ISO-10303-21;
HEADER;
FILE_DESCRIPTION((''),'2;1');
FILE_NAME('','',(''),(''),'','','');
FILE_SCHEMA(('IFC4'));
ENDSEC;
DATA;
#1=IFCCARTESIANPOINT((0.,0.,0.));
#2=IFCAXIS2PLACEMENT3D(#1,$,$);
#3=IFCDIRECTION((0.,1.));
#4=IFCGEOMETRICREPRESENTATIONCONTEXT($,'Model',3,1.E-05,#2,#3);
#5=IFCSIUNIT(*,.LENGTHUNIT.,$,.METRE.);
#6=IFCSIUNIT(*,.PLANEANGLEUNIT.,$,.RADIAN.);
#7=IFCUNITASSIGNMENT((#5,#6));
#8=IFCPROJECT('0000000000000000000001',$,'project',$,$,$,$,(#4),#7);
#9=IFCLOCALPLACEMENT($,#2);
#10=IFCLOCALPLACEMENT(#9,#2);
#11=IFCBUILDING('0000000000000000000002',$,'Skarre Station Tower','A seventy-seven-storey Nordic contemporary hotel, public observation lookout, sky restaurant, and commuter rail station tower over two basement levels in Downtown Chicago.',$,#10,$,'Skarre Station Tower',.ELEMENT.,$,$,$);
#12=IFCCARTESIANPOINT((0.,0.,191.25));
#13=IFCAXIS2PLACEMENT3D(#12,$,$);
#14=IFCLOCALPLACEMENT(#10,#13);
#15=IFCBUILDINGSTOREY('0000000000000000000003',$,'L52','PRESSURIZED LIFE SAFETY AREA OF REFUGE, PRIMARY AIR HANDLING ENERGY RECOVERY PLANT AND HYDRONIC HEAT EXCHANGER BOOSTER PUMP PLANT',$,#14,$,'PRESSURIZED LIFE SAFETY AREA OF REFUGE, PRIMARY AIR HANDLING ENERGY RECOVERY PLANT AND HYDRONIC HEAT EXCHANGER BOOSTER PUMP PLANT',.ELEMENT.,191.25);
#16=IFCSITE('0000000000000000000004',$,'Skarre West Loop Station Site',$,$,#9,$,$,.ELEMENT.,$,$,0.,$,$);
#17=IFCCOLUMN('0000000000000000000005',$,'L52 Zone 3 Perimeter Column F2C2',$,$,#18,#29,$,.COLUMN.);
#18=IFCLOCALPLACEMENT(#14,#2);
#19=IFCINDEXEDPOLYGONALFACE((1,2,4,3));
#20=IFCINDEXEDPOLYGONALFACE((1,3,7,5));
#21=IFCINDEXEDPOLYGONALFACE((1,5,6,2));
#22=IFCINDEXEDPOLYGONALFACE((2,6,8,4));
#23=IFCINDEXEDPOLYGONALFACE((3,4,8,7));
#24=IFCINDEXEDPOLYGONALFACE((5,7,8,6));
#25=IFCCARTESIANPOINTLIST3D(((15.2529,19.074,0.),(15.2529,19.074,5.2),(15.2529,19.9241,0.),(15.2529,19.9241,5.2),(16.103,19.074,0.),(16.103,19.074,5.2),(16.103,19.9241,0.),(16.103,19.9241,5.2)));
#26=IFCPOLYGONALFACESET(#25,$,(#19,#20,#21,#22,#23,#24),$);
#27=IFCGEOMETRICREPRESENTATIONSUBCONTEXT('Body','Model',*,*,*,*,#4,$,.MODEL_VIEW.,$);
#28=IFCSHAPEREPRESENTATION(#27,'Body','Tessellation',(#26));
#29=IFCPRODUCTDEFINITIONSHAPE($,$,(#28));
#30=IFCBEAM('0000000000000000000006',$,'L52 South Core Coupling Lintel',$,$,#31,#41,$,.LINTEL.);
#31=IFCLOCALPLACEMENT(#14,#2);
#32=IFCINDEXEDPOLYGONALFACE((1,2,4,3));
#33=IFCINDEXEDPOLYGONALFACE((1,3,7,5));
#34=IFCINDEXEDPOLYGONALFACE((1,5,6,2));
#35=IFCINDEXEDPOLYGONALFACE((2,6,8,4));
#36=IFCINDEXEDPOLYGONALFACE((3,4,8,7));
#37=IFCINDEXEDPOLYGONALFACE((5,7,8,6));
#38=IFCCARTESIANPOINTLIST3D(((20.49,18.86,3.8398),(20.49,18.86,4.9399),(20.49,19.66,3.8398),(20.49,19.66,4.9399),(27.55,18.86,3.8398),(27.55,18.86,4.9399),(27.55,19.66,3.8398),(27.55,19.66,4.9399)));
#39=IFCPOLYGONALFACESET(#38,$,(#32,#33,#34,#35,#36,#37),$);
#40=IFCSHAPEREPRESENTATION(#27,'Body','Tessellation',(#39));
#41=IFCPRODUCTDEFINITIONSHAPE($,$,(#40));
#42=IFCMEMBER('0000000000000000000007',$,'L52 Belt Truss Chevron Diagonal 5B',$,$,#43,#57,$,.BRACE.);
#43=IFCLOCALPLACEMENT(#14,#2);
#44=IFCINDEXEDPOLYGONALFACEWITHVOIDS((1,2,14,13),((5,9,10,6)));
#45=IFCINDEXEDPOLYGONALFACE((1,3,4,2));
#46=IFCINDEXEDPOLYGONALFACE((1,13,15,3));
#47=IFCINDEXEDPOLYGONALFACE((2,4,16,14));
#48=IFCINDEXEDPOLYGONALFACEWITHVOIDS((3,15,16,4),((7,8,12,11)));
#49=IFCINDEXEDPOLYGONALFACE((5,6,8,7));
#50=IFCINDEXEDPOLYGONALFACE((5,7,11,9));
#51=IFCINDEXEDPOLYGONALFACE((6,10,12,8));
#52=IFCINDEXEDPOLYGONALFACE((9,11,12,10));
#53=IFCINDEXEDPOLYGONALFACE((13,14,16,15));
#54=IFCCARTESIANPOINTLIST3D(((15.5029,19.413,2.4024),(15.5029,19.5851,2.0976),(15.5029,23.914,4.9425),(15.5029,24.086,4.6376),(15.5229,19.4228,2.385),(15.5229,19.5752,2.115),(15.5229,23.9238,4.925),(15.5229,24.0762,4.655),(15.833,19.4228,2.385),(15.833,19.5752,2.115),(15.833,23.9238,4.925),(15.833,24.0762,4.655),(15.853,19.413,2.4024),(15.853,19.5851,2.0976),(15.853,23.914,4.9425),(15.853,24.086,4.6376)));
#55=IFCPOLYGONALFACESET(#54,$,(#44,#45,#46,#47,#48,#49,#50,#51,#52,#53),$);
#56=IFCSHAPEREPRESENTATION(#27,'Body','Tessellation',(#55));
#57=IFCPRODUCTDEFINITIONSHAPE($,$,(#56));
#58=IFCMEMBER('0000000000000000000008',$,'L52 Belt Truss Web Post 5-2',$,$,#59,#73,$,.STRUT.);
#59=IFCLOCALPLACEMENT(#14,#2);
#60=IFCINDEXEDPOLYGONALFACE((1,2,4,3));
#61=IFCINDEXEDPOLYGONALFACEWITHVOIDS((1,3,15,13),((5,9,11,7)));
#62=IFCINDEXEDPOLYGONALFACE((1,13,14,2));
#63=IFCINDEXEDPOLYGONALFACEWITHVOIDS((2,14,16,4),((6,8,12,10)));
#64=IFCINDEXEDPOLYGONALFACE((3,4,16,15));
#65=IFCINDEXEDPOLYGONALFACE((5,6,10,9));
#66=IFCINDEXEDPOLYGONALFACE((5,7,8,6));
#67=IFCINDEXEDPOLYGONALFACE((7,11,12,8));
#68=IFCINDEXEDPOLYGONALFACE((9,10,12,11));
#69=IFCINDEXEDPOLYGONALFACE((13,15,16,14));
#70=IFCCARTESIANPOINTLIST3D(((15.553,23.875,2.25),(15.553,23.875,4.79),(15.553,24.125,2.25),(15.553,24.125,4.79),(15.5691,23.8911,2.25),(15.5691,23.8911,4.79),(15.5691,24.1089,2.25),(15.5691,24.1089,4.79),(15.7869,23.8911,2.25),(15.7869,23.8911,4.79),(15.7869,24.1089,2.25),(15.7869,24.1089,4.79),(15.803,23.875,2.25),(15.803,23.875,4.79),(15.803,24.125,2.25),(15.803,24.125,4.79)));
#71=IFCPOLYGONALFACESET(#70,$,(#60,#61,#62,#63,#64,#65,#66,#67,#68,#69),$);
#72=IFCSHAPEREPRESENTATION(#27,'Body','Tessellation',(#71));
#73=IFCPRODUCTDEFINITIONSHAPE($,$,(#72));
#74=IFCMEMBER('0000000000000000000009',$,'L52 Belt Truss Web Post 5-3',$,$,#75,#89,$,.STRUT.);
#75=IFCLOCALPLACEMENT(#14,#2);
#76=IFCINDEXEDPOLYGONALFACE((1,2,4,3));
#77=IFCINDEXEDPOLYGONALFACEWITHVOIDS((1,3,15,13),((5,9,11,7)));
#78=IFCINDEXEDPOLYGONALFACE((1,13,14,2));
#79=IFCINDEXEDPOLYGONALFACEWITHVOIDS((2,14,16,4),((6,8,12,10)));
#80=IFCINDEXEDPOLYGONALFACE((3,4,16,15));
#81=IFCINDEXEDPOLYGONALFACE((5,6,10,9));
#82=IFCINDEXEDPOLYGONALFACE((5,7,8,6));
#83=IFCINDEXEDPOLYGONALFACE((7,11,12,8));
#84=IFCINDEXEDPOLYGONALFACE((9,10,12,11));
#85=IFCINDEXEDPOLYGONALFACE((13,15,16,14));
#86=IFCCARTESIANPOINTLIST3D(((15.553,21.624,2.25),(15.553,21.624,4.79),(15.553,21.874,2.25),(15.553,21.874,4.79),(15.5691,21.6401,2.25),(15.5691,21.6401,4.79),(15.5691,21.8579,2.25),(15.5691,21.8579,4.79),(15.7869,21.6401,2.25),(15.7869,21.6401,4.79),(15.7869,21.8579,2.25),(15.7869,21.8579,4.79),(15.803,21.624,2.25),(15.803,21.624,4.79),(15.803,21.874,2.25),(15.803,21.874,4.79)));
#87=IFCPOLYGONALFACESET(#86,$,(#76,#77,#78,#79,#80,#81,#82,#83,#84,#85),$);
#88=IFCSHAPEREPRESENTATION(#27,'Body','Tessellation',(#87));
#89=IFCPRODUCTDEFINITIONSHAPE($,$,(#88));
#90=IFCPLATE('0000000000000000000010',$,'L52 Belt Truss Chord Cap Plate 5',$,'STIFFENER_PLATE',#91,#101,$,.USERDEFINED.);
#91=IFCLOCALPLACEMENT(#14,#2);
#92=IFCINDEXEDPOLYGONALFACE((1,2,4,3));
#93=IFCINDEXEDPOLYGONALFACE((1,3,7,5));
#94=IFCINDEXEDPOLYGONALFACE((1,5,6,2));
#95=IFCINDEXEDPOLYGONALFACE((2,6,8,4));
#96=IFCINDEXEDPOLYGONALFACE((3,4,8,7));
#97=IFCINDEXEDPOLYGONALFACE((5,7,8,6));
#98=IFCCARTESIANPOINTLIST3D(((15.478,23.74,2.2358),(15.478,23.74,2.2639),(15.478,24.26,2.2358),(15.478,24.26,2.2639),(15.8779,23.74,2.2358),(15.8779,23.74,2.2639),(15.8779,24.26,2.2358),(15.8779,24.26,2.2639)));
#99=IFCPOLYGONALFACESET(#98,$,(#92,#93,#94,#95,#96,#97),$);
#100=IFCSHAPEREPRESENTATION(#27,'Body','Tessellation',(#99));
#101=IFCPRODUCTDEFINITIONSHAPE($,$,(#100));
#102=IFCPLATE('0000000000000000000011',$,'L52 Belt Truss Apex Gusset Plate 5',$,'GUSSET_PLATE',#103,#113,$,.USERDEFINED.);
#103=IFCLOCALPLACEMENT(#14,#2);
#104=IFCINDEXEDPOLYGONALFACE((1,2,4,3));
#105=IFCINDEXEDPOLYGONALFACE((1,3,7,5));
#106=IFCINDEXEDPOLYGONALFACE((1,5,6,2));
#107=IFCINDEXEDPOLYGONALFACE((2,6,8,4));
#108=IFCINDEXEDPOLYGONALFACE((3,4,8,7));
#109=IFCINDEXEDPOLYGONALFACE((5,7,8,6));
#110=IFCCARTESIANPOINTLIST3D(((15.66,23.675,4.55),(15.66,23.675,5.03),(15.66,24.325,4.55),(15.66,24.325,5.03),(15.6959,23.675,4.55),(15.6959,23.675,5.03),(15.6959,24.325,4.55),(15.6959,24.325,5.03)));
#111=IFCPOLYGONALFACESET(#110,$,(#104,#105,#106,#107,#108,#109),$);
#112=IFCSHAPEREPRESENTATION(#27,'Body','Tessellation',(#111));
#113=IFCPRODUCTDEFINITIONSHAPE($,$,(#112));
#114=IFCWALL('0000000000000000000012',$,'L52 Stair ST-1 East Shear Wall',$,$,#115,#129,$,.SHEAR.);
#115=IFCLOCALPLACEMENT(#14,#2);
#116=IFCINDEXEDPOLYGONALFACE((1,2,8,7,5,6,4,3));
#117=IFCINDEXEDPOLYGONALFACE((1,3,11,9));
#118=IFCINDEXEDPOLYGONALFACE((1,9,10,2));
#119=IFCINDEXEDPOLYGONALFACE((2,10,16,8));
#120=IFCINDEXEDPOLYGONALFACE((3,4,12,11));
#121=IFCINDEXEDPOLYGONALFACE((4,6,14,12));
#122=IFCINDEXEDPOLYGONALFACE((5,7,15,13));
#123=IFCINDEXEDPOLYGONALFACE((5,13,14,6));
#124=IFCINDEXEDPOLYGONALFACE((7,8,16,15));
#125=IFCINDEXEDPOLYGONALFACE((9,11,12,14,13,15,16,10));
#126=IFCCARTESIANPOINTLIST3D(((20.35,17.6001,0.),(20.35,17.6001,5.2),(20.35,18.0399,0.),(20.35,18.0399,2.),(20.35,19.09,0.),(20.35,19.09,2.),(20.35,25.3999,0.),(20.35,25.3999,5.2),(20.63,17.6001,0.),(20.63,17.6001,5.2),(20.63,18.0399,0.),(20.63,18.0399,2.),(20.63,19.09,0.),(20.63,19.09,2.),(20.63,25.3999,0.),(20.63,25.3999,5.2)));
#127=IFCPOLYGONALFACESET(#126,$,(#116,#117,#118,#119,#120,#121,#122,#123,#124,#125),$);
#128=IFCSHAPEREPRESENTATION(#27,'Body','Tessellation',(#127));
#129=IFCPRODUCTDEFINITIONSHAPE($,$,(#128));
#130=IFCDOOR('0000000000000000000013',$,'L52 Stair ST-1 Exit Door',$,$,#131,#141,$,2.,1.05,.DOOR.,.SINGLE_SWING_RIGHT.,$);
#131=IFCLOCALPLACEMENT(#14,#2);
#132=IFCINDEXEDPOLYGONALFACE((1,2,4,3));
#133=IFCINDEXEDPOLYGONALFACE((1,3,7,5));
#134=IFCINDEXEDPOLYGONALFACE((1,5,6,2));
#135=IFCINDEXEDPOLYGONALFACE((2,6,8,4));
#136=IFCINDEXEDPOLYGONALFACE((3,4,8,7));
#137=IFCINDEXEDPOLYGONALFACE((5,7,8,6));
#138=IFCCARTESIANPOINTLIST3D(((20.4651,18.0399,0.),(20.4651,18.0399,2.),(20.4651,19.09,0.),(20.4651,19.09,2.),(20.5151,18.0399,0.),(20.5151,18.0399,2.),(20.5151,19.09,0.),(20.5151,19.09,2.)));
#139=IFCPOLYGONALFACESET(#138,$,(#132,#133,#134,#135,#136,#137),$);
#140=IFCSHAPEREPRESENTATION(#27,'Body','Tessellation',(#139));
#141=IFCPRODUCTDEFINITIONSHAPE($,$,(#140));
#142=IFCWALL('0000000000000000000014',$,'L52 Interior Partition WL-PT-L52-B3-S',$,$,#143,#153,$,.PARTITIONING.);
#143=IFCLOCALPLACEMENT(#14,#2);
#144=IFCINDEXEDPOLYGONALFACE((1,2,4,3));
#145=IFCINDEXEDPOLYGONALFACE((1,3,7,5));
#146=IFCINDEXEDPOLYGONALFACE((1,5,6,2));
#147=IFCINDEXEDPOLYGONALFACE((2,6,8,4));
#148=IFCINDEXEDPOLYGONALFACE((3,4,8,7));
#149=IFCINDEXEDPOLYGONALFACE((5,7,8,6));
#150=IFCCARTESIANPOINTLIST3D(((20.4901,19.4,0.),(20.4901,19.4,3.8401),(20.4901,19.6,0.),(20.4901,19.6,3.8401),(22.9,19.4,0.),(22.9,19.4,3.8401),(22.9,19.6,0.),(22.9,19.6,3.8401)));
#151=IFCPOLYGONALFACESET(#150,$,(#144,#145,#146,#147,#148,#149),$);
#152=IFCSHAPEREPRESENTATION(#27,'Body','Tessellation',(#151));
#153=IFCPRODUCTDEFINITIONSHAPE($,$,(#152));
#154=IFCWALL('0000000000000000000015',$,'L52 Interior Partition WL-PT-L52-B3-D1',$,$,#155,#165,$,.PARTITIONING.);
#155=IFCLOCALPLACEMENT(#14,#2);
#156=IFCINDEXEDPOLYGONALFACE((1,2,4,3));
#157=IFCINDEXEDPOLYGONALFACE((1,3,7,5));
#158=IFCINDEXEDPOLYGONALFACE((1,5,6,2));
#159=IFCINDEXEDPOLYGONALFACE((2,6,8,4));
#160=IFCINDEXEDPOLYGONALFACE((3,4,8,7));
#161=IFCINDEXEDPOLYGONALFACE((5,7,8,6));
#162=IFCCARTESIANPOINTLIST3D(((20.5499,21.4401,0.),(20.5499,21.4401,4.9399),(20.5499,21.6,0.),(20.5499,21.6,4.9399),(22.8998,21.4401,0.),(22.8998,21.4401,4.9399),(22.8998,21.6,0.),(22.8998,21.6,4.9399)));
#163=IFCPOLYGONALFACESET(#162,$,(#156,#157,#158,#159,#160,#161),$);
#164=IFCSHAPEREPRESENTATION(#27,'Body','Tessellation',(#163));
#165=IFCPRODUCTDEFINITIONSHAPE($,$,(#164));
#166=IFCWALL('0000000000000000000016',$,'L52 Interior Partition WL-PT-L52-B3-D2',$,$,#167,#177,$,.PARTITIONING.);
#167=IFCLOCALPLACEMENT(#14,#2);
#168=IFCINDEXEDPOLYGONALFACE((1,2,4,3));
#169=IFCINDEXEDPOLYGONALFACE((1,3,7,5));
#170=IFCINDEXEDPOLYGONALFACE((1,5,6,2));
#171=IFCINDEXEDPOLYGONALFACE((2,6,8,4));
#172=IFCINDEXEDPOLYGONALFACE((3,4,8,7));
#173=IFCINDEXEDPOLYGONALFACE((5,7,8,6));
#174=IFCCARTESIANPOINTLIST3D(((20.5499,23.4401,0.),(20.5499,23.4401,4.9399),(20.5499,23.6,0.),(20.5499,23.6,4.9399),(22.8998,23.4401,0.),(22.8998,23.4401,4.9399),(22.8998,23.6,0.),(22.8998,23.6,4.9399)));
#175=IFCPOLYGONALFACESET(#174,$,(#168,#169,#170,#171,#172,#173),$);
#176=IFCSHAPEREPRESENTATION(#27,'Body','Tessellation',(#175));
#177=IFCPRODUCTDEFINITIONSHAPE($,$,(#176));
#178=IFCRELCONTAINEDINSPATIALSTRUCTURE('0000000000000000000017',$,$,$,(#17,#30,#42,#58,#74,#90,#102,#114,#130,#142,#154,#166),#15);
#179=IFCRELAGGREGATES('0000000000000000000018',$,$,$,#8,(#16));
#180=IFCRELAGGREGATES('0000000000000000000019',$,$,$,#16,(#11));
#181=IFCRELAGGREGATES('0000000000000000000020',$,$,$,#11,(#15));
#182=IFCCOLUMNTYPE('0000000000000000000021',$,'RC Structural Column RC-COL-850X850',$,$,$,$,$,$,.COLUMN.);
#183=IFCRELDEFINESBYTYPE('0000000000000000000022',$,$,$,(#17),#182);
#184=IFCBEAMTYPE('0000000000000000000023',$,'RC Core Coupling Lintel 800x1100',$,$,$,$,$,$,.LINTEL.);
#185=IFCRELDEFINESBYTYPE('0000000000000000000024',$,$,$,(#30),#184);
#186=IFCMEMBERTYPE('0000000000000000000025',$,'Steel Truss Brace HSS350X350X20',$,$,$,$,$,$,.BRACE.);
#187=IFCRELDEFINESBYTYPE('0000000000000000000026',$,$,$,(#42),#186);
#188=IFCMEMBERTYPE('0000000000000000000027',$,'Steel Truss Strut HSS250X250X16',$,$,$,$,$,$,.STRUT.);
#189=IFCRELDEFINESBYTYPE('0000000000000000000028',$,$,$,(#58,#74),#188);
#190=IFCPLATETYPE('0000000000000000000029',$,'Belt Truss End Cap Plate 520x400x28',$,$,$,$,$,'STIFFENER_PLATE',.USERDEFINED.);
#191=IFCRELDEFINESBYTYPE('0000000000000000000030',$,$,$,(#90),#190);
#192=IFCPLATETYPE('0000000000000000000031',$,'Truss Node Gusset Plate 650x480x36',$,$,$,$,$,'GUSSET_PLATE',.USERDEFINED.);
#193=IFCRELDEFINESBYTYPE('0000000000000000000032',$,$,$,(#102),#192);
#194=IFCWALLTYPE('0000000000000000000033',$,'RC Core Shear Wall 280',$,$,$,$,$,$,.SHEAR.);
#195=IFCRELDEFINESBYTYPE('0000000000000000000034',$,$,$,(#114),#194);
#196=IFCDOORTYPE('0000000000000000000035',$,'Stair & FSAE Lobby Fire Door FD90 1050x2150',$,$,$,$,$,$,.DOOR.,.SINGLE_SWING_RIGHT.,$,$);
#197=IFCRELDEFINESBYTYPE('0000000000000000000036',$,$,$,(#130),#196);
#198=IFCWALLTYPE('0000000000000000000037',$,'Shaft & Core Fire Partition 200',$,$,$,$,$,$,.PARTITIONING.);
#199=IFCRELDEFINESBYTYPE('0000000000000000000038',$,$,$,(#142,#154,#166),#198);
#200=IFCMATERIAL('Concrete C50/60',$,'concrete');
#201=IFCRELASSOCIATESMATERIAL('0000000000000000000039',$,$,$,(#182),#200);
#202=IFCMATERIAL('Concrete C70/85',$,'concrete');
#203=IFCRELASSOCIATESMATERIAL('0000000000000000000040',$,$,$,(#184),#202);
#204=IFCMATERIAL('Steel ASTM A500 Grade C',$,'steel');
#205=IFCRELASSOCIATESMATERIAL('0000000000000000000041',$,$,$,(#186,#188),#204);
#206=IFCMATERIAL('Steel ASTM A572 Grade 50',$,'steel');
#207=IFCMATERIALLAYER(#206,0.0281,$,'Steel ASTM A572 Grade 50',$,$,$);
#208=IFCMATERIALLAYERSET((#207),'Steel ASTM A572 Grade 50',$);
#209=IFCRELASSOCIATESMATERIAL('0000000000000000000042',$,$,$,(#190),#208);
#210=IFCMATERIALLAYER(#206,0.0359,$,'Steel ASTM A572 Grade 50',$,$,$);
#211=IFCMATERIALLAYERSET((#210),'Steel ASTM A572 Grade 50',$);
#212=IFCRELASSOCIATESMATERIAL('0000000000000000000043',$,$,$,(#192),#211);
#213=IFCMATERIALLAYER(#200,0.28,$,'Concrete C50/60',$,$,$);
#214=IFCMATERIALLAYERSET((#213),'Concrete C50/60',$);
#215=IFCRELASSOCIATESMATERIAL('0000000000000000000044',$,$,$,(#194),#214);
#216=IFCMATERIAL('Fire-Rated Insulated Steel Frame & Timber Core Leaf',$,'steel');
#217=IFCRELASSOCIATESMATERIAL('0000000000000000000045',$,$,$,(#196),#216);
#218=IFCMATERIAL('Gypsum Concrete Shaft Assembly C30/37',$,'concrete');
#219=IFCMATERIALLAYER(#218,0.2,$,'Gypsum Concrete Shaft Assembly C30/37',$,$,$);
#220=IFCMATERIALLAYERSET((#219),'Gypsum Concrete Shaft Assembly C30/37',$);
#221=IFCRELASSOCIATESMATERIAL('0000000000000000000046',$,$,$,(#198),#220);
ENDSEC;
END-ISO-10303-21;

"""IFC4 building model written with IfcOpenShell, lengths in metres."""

from ifc_helpers import new_model, si_unit, direction, frame, frame_2d, origin, origin_2d, place, context, subcontext, project, spatial, rectangle, hollow_rectangle, extrude, material, layer, layer_set, material_profile, profile_set, type_object, element, fill, save


model = new_model("IFC4")

# Units and contexts
model_context = context("Model", 3, precision=1e-05, world=origin(), true_north=direction((0.0, 1.0)))
body_context = subcontext(model_context, "Body", "Model", "MODEL_VIEW")
ifc_project = project(units=[si_unit("LENGTHUNIT", "METRE"), si_unit("PLANEANGLEUNIT", "RADIAN")], contexts=[model_context])

# Site, building, storey
site_placement = place(None, origin())
site = spatial("IfcSite", under=ifc_project, at=site_placement, Name="Skarre West Loop Station Site", CompositionType="ELEMENT", RefElevation=0.0)
building_placement = place(site_placement, origin())
building = spatial("IfcBuilding", under=site, at=building_placement, Name="Skarre Station Tower", Description="A seventy-seven-storey Nordic contemporary hotel, public observation lookout, sky restaurant, and commuter rail station tower over two basement levels in Downtown Chicago.", LongName="Skarre Station Tower", CompositionType="ELEMENT")
storey_placement = place(building_placement, frame((0.0, 0.0, 191.25)))
storey = spatial("IfcBuildingStorey", under=building, at=storey_placement, Name="L52", Description="PRESSURIZED LIFE SAFETY AREA OF REFUGE, PRIMARY AIR HANDLING ENERGY RECOVERY PLANT AND HYDRONIC HEAT EXCHANGER BOOSTER PUMP PLANT", LongName="PRESSURIZED LIFE SAFETY AREA OF REFUGE, PRIMARY AIR HANDLING ENERGY RECOVERY PLANT AND HYDRONIC HEAT EXCHANGER BOOSTER PUMP PLANT", CompositionType="ELEMENT", Elevation=191.25)

# Column
ifc_material_1 = material(Name="Concrete C50/60", Category="concrete")
ifc_material_profile_1 = material_profile(ifc_material_1, rectangle(XDim=0.8501, YDim=0.8501, at=origin_2d()), Name="Concrete C50/60")
ifc_profile_set_1 = profile_set([ifc_material_profile_1], Name="Concrete C50/60")
column_type = type_object("IfcColumnType", Name="RC Structural Column RC-COL-850X850", PredefinedType="COLUMN", material=ifc_profile_set_1)
column_placement = place(storey_placement, frame((15.678, 19.499, 0.0), z_axis=(0.0, 0.0, 1.0), x_axis=(1.0, 0.0, 0.0)))
element("IfcColumn", 1, at=column_placement, inside=storey, type_object=column_type, Name="L52 Zone 3 Perimeter Column F2C2", PredefinedType="COLUMN", context=body_context, shape_type="SweptSolid", body=[
    extrude(rectangle(XDim=0.8501, YDim=0.8501, at=origin_2d()), origin(), (0.0, 0.0, 1.0), 5.2),
])

# Beam
ifc_material_2 = material(Name="Concrete C70/85", Category="concrete")
ifc_material_profile_2 = material_profile(ifc_material_2, rectangle(XDim=0.8, YDim=1.1001, at=origin_2d()), Name="Concrete C70/85")
ifc_profile_set_2 = profile_set([ifc_material_profile_2], Name="Concrete C70/85")
beam_type = type_object("IfcBeamType", Name="RC Core Coupling Lintel 800x1100", PredefinedType="LINTEL", material=ifc_profile_set_2)
beam_placement = place(storey_placement, frame((20.49, 19.26, 4.3899), z_axis=(1.0, 0.0, 0.0), x_axis=(0.0, 1.0, 0.0)))
element("IfcBeam", 2, at=beam_placement, inside=storey, type_object=beam_type, Name="L52 South Core Coupling Lintel", PredefinedType="LINTEL", context=body_context, shape_type="SweptSolid", body=[
    extrude(rectangle(XDim=0.8, YDim=1.1001, at=origin_2d()), origin(), (0.0, 0.0, 1.0), 7.0601),
])

# Members
ifc_material_3 = material(Name="Steel ASTM A500 Grade C", Category="steel")
ifc_material_profile_3 = material_profile(ifc_material_3, hollow_rectangle(XDim=0.3501, YDim=0.3501, WallThickness=0.02, at=origin_2d()), Name="Steel ASTM A500 Grade C")
ifc_profile_set_3 = profile_set([ifc_material_profile_3], Name="Steel ASTM A500 Grade C")
member_type_1 = type_object("IfcMemberType", Name="Steel Truss Brace HSS350X350X20", PredefinedType="BRACE", material=ifc_profile_set_3)
member_placement = place(storey_placement, frame((15.678, 19.499, 2.25), z_axis=(0.0, 0.870893, 0.491472), x_axis=(-1.0, 0.0, 0.0)))
element("IfcMember", 3, at=member_placement, inside=storey, type_object=member_type_1, Name="L52 Belt Truss Chevron Diagonal 5B", PredefinedType="BRACE", context=body_context, shape_type="SweptSolid", body=[
    extrude(hollow_rectangle(XDim=0.3501, YDim=0.3501, WallThickness=0.02, at=origin_2d()), origin(), (0.0, 0.0, 1.0), 5.1682),
])
ifc_material_profile_4 = material_profile(ifc_material_3, hollow_rectangle(XDim=0.25, YDim=0.25, WallThickness=0.0161, at=origin_2d()), Name="Steel ASTM A500 Grade C")
ifc_profile_set_4 = profile_set([ifc_material_profile_4], Name="Steel ASTM A500 Grade C")
member_type_2 = type_object("IfcMemberType", Name="Steel Truss Strut HSS250X250X16", PredefinedType="STRUT", material=ifc_profile_set_4)
for number, where, z_axis, x_axis, name in (
    (4, (15.678, 24.0, 2.25), (0.0, 0.0, 1.0), (1.0, 0.0, 0.0), "L52 Belt Truss Web Post 5-2"),
    (5, (15.678, 21.749, 2.25), (0.0, 0.0, 1.0), (1.0, 0.0, 0.0), "L52 Belt Truss Web Post 5-3"),
):
    element("IfcMember", number, at=place(storey_placement, frame(where, z_axis=z_axis, x_axis=x_axis)), inside=storey, type_object=member_type_2, Name=name, PredefinedType="STRUT", context=body_context, shape_type="SweptSolid", body=[
        extrude(hollow_rectangle(XDim=0.25, YDim=0.25, WallThickness=0.0161, at=origin_2d()), origin(), (0.0, 0.0, 1.0), 2.54),
    ])

# Plates
ifc_material_4 = material(Name="Steel ASTM A572 Grade 50", Category="steel")
ifc_layer_1 = layer(ifc_material_4, 0.0281, Name="Steel ASTM A572 Grade 50")
ifc_layer_set_1 = layer_set([ifc_layer_1], Name="Steel ASTM A572 Grade 50")
plate_type_1 = type_object("IfcPlateType", Name="Belt Truss End Cap Plate 520x400x28", ElementType="STIFFENER_PLATE", PredefinedType="USERDEFINED", material=ifc_layer_set_1)
plate_1_placement = place(storey_placement, frame((15.678, 24.0, 2.2358), z_axis=(0.0, 0.0, 1.0), x_axis=(0.0, -1.0, 0.0)))
element("IfcPlate", 6, at=plate_1_placement, inside=storey, type_object=plate_type_1, Name="L52 Belt Truss Chord Cap Plate 5", ObjectType="STIFFENER_PLATE", PredefinedType="USERDEFINED", context=body_context, shape_type="SweptSolid", body=[
    extrude(rectangle(XDim=0.52, YDim=0.3999, at=origin_2d()), origin(), (0.0, 0.0, 1.0), 0.0281),
])
ifc_layer_2 = layer(ifc_material_4, 0.0359, Name="Steel ASTM A572 Grade 50")
ifc_layer_set_2 = layer_set([ifc_layer_2], Name="Steel ASTM A572 Grade 50")
plate_type_2 = type_object("IfcPlateType", Name="Truss Node Gusset Plate 650x480x36", ElementType="GUSSET_PLATE", PredefinedType="USERDEFINED", material=ifc_layer_set_2)
plate_2_placement = place(storey_placement, frame((15.678, 24.0, 4.55), z_axis=(0.0, 0.0, 1.0), x_axis=(0.0, -1.0, 0.0)))
element("IfcPlate", 7, at=plate_2_placement, inside=storey, type_object=plate_type_2, Name="L52 Belt Truss Apex Gusset Plate 5", ObjectType="GUSSET_PLATE", PredefinedType="USERDEFINED", context=body_context, shape_type="SweptSolid", body=[
    extrude(rectangle(XDim=0.6499, YDim=0.0359, at=origin_2d()), origin(), (0.0, 0.0, 1.0), 0.48),
])

# Wall, opening, door
ifc_layer_3 = layer(ifc_material_1, 0.28, Name="Concrete C50/60")
ifc_layer_set_3 = layer_set([ifc_layer_3], Name="Concrete C50/60")
wall_type_1 = type_object("IfcWallType", Name="RC Core Shear Wall 280", PredefinedType="SHEAR", material=ifc_layer_set_3)
wall_1_placement = place(storey_placement, frame((20.49, 17.6001, 0.0), z_axis=(0.0, 0.0, 1.0), x_axis=(0.0, 1.0, 0.0)))
wall_1 = element("IfcWall", 8, at=wall_1_placement, inside=storey, type_object=wall_type_1, Name="L52 Stair ST-1 East Shear Wall", PredefinedType="SHEAR", context=body_context, shape_type="SweptSolid", body=[
    extrude(rectangle(XDim=7.7998, YDim=0.28, at=frame_2d((3.8999, 0.0))), origin(), (0.0, 0.0, 1.0), 5.2),
])
opening_placement = place(wall_1_placement, frame((0.4399, 0.0, 0.0)))
opening = element("IfcOpeningElement", 9, at=opening_placement, cuts=wall_1, PredefinedType="OPENING", context=body_context, shape_type="SweptSolid", body=[
    extrude(rectangle(XDim=1.05, YDim=2.0, at=frame_2d((0.5249, 1.0))), frame((0.0, 0.1499, 0.0), z_axis=(0.0, -1.0, 0.0), x_axis=(1.0, 0.0, 0.0)), (0.0, 0.0, 1.0), 0.3),
])
ifc_material_5 = material(Name="Fire-Rated Insulated Steel Frame & Timber Core Leaf", Category="steel")
door_type = type_object("IfcDoorType", Name="Stair & FSAE Lobby Fire Door FD90 1050x2150", OperationType="SINGLE_SWING_RIGHT", PredefinedType="DOOR", material=ifc_material_5)
door_placement = place(opening_placement, origin())
door = element("IfcDoor", 10, at=door_placement, inside=storey, type_object=door_type, Name="L52 Stair ST-1 Exit Door", OperationType="SINGLE_SWING_RIGHT", OverallHeight=2.0, OverallWidth=1.05, PredefinedType="DOOR", context=body_context, shape_type="SweptSolid", body=[
    extrude(rectangle(XDim=1.05, YDim=2.0, at=frame_2d((0.5249, 1.0))), frame((0.0, 0.0249, 0.0), z_axis=(0.0, -1.0, 0.0), x_axis=(1.0, 0.0, 0.0)), (0.0, 0.0, 1.0), 0.05),
])
fill(opening, door)

# Walls
ifc_material_6 = material(Name="Gypsum Concrete Shaft Assembly C30/37", Category="concrete")
ifc_layer_4 = layer(ifc_material_6, 0.2, Name="Gypsum Concrete Shaft Assembly C30/37")
ifc_layer_set_4 = layer_set([ifc_layer_4], Name="Gypsum Concrete Shaft Assembly C30/37")
wall_type_2 = type_object("IfcWallType", Name="Shaft & Core Fire Partition 200", PredefinedType="PARTITIONING", material=ifc_layer_set_4)
wall_2_placement = place(storey_placement, frame((20.49, 19.5, 0.0), z_axis=(0.0, 0.0, 1.0), x_axis=(1.0, 0.0, 0.0)))
element("IfcWall", 11, at=wall_2_placement, inside=storey, type_object=wall_type_2, Name="L52 Interior Partition WL-PT-L52-B3-S", PredefinedType="PARTITIONING", context=body_context, shape_type="SweptSolid", body=[
    extrude(rectangle(XDim=2.4099, YDim=0.2, at=frame_2d((1.2051, 0.0))), origin(), (0.0, 0.0, 1.0), 3.8401),
])
for number, where, z_axis, x_axis, name in (
    (12, (20.55, 21.52, 0.0), (0.0, 0.0, 1.0), (1.0, 0.0, 0.0), "L52 Interior Partition WL-PT-L52-B3-D1"),
    (13, (20.55, 23.52, 0.0), (0.0, 0.0, 1.0), (1.0, 0.0, 0.0), "L52 Interior Partition WL-PT-L52-B3-D2"),
):
    element("IfcWall", number, at=place(storey_placement, frame(where, z_axis=z_axis, x_axis=x_axis)), inside=storey, type_object=wall_type_2, Name=name, PredefinedType="PARTITIONING", context=body_context, shape_type="SweptSolid", body=[
        extrude(rectangle(XDim=2.3499, YDim=0.1599, at=frame_2d((1.1748, 0.0))), origin(), (0.0, 0.0, 1.0), 4.9399),
    ])

save(model, "model.ifc")
